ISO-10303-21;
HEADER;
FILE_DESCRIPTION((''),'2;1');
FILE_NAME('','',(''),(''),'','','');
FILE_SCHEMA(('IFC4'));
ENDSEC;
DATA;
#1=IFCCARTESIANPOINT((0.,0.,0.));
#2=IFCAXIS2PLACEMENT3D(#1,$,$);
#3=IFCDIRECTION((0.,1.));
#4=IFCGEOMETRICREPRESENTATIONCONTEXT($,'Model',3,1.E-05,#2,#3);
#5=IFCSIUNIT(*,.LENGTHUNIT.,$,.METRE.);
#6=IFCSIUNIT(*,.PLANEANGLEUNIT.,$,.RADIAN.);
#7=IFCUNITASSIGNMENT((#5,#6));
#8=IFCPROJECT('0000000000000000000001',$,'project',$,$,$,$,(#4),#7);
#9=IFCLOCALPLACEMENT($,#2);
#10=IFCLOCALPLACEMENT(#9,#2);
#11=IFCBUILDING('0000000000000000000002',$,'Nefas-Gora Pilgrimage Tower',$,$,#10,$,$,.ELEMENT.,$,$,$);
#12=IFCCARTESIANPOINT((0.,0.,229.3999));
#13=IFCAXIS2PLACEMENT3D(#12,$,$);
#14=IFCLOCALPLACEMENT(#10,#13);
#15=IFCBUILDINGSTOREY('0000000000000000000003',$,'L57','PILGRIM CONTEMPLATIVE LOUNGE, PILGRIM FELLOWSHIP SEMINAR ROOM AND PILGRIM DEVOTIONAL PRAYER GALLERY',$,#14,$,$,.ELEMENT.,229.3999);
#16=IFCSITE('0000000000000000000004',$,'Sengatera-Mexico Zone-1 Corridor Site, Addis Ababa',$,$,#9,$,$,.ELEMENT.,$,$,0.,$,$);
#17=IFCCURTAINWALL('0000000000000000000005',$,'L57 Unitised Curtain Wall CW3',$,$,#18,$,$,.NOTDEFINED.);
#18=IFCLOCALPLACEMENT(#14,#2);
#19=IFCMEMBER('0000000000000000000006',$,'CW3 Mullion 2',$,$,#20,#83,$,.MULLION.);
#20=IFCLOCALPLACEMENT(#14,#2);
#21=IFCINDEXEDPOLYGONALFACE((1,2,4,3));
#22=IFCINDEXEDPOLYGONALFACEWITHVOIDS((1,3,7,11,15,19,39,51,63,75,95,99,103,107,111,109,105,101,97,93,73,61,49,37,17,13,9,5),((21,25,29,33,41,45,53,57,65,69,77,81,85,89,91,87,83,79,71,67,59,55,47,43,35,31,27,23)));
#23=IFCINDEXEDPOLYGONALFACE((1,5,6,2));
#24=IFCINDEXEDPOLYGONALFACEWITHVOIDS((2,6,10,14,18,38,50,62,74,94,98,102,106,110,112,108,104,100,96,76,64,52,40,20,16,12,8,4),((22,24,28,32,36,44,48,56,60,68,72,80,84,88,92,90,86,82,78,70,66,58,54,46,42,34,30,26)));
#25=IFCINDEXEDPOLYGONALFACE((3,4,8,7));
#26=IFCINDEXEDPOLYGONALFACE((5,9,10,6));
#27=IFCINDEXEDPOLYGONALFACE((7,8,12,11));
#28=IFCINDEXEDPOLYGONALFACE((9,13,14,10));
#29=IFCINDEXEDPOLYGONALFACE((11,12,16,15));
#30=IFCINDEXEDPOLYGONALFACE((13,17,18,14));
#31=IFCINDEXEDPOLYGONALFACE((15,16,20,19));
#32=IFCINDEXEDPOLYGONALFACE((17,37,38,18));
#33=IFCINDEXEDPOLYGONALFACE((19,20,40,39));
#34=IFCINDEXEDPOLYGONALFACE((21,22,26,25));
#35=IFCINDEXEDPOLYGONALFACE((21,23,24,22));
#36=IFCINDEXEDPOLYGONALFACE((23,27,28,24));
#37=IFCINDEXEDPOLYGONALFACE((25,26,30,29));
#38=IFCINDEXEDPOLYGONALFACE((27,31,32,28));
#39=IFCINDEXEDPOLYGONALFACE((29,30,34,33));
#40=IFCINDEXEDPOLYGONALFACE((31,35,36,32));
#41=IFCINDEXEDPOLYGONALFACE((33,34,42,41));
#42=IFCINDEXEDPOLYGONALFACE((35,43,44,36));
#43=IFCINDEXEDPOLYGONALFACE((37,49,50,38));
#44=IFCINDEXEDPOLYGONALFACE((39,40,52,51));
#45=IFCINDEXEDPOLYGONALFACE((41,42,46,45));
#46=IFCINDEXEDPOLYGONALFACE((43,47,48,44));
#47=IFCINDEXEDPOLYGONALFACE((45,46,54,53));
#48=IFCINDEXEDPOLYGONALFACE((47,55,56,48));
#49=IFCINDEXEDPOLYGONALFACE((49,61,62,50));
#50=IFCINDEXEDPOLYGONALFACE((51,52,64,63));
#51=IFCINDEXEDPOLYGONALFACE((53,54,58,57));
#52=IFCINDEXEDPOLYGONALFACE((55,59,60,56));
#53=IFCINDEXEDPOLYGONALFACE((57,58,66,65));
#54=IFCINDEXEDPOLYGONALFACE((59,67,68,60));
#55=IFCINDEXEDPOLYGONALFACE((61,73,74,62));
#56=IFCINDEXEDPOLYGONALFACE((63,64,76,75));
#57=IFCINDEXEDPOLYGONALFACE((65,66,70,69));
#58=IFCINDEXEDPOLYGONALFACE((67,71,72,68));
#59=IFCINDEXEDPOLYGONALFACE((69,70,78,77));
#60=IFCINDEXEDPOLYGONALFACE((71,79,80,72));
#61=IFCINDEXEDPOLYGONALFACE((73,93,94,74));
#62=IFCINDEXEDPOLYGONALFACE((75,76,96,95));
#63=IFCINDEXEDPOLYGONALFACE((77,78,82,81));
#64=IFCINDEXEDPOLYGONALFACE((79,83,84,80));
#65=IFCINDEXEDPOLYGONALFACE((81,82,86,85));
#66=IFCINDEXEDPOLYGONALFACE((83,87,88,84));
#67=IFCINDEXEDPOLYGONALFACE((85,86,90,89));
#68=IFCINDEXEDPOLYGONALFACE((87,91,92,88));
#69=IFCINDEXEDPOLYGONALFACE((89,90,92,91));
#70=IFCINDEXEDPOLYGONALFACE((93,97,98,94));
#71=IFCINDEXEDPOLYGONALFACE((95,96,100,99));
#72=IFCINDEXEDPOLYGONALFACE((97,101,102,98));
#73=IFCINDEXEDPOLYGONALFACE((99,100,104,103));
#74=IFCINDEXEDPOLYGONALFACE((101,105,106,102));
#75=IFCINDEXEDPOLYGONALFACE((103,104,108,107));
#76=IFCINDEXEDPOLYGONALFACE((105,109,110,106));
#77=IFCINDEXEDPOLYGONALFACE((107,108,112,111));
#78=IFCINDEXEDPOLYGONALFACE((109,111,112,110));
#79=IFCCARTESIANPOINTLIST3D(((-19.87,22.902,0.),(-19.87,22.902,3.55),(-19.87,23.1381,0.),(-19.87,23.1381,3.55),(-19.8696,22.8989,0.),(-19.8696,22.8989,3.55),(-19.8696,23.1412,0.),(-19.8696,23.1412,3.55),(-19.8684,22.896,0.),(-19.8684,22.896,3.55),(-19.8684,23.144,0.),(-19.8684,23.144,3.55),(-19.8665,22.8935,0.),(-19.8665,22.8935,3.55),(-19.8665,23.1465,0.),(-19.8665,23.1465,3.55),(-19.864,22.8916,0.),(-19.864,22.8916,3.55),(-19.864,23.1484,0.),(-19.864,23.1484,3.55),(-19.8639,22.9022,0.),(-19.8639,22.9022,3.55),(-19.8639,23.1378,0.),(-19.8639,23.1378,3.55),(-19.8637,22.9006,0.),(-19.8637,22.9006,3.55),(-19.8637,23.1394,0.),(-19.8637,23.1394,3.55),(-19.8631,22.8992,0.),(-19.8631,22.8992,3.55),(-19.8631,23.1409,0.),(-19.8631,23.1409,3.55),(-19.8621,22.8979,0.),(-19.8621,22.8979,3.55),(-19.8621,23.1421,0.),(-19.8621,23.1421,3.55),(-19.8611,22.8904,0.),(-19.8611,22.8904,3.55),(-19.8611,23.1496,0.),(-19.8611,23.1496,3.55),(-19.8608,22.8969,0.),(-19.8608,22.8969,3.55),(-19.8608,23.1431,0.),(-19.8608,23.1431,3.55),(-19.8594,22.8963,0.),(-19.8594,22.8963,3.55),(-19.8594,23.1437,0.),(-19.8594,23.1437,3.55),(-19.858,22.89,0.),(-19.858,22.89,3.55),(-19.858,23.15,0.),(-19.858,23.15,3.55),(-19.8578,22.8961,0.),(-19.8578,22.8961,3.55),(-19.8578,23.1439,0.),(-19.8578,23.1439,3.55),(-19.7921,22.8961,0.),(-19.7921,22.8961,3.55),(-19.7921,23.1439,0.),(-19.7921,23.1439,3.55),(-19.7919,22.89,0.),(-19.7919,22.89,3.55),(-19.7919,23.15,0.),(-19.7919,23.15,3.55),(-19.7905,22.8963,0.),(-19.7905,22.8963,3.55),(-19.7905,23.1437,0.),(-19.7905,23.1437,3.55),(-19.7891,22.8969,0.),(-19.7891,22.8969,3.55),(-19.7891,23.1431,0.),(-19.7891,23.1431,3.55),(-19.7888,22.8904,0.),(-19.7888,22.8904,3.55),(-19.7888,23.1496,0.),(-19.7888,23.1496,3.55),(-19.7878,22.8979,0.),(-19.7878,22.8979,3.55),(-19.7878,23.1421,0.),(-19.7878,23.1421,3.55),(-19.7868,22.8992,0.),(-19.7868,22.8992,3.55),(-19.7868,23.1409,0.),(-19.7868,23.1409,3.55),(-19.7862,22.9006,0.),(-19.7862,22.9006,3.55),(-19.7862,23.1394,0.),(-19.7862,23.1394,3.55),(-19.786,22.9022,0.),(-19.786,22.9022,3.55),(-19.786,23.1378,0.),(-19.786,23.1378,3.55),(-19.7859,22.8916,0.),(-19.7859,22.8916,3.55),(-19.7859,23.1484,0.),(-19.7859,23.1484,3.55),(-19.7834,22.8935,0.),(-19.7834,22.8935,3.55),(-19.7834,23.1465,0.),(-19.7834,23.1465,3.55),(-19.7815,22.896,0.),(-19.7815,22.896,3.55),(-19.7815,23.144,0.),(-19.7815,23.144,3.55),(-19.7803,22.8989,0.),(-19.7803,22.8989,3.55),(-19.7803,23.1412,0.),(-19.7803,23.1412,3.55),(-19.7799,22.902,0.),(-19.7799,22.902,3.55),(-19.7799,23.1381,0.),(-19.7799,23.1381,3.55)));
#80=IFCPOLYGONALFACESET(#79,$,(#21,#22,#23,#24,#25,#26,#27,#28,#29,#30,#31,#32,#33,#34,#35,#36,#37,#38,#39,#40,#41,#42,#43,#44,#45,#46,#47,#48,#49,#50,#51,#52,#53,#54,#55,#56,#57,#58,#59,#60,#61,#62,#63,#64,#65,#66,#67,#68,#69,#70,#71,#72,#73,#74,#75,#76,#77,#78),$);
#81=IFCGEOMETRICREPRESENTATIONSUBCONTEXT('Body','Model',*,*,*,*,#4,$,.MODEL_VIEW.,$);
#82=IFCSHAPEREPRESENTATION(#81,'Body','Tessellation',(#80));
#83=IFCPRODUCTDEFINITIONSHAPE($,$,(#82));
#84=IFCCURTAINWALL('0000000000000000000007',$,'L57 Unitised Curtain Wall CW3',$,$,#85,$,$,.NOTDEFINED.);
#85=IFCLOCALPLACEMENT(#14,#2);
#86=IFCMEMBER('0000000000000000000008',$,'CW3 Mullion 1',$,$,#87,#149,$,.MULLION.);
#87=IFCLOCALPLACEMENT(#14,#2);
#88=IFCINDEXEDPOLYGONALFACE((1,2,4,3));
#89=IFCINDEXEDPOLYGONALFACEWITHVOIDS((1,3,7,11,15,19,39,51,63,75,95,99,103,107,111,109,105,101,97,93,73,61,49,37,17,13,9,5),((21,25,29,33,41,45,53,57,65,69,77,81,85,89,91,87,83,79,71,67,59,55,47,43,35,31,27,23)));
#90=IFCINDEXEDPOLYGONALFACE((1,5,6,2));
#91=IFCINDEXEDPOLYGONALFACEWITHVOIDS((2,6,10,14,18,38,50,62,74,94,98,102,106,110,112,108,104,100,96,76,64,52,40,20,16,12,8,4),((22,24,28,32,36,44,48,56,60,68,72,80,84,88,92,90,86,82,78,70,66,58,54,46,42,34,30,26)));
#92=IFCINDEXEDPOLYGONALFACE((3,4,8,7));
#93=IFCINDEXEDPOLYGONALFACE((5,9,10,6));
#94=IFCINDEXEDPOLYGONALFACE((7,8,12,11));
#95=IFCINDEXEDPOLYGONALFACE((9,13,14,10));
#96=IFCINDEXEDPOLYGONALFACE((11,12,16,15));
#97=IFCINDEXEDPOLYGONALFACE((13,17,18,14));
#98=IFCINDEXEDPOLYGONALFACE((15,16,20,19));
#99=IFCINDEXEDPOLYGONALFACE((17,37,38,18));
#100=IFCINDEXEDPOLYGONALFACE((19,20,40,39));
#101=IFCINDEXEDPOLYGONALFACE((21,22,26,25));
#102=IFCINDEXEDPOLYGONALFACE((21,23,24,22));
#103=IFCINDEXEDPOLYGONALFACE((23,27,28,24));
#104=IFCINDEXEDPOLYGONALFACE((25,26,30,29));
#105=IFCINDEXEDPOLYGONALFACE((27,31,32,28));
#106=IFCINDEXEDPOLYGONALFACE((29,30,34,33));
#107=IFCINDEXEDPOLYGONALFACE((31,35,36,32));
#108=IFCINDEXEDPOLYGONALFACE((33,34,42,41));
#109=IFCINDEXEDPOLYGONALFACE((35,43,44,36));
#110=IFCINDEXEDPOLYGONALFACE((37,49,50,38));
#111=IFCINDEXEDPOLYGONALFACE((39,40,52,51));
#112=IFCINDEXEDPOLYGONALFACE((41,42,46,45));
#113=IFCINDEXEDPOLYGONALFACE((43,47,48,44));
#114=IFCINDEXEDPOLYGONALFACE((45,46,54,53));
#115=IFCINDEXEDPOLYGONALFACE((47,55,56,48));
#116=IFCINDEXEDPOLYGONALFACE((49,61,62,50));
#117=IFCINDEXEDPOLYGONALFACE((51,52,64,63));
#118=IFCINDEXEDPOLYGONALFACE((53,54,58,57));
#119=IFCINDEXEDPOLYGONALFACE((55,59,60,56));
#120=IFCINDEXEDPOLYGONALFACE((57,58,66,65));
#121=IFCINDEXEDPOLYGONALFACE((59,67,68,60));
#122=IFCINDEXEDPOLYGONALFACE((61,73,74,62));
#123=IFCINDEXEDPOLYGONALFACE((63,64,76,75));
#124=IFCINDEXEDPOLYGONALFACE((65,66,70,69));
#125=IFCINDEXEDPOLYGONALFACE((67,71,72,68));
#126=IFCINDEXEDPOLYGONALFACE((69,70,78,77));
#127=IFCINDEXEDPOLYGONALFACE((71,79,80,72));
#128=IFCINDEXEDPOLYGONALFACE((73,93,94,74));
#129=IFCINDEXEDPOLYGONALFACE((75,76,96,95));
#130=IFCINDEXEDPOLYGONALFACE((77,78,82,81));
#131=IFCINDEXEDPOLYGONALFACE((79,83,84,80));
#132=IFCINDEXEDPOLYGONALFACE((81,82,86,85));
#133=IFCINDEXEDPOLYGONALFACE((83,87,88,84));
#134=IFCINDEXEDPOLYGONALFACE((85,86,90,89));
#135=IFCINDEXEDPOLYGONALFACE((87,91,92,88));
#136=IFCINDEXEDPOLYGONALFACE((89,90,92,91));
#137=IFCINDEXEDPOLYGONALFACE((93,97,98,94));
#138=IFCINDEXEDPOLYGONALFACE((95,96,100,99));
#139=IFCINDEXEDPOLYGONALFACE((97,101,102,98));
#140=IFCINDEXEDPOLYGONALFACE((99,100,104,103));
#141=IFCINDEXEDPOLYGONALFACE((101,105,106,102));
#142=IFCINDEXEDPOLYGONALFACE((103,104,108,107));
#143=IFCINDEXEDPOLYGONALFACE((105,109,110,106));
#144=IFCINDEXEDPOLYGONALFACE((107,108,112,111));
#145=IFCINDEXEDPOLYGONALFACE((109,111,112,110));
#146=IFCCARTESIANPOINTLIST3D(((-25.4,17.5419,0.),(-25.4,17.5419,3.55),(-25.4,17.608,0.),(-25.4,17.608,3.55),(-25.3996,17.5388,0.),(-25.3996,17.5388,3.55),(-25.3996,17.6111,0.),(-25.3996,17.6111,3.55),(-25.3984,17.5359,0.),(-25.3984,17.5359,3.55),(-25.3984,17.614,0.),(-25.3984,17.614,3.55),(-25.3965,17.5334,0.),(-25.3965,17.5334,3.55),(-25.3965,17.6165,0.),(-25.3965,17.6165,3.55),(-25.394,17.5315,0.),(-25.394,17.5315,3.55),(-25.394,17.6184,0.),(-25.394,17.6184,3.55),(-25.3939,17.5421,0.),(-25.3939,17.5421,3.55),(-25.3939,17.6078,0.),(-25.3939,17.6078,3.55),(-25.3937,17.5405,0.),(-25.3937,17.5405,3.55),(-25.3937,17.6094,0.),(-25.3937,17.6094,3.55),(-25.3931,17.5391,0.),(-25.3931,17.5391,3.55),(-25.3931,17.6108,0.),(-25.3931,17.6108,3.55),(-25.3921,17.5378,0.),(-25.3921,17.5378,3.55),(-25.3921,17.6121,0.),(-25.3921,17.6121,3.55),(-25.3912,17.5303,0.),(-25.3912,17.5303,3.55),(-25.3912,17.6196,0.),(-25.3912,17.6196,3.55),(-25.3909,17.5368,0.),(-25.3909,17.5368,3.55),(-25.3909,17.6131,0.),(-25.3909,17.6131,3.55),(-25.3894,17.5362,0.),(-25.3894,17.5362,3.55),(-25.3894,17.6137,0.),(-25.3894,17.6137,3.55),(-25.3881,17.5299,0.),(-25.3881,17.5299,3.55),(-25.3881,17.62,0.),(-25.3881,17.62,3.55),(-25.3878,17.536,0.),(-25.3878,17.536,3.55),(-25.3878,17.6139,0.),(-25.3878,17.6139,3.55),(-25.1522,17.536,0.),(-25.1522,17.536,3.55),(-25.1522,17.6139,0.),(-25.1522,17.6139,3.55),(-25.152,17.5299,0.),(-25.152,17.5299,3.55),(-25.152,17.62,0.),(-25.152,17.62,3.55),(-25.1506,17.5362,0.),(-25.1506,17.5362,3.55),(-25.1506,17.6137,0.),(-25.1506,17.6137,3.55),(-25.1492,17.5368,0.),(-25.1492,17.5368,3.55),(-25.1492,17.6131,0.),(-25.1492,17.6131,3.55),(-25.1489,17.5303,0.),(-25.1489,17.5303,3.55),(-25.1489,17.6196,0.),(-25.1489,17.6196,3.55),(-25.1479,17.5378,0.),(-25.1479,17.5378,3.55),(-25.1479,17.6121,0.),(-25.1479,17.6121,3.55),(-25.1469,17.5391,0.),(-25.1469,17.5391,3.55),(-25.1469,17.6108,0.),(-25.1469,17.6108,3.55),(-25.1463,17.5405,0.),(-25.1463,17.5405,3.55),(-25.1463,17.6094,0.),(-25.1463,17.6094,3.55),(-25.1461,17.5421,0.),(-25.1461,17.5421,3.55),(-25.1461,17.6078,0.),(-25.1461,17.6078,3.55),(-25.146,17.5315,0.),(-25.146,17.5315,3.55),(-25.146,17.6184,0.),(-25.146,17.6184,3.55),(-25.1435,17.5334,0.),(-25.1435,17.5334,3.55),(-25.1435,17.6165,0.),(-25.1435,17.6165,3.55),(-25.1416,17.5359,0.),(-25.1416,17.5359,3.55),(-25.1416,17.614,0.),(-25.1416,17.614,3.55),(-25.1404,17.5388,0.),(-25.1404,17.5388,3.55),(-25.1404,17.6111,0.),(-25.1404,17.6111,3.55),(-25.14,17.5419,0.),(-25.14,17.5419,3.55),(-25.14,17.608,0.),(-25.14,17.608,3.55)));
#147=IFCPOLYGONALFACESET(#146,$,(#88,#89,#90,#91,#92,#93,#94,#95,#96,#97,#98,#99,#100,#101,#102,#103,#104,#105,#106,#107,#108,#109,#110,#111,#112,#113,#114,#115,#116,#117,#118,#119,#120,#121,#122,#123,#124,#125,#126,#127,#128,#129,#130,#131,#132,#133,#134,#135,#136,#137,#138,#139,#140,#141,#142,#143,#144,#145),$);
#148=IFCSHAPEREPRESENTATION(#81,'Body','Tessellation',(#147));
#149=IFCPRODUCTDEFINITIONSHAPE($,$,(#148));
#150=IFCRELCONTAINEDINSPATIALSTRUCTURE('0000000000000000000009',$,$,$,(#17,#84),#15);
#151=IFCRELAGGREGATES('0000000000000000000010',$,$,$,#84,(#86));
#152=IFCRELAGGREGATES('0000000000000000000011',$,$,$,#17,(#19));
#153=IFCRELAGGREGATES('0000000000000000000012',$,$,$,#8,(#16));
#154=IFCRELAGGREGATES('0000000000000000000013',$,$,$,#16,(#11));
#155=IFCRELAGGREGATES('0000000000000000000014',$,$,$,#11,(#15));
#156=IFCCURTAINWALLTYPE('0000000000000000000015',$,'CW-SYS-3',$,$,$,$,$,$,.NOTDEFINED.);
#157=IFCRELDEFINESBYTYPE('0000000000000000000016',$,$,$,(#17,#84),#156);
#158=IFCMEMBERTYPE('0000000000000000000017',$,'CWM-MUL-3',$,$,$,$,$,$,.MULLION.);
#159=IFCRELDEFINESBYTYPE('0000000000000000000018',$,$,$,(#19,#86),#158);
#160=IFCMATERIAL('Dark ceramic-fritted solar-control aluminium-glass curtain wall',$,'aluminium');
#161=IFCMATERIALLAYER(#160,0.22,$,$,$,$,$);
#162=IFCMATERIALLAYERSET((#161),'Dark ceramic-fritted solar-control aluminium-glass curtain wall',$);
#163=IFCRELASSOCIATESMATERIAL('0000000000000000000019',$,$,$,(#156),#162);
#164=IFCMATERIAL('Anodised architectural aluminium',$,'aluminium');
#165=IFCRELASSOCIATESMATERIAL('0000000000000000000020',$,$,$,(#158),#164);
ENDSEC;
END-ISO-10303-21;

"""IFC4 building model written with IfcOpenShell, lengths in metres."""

from ifc_helpers import new_model, si_unit, direction, frame, origin, origin_2d, place, context, subcontext, project, spatial, hollow_rectangle, extrude, source, transform, mapped, material, layer, layer_set, material_profile, profile_set, type_object, element, aggregate, save


model = new_model("IFC4")

# Units and contexts
model_context = context("Model", 3, precision=1e-05, world=origin(), true_north=direction((0.0, 1.0)))
body_context = subcontext(model_context, "Body", "Model", "MODEL_VIEW")
ifc_project = project(units=[si_unit("LENGTHUNIT", "METRE"), si_unit("PLANEANGLEUNIT", "RADIAN")], contexts=[model_context])

# Site, building, storey
site_placement = place(None, origin())
site = spatial("IfcSite", under=ifc_project, at=site_placement, Name="Sengatera-Mexico Zone-1 Corridor Site, Addis Ababa", CompositionType="ELEMENT", RefElevation=0.0)
building_placement = place(site_placement, origin())
building = spatial("IfcBuilding", under=site, at=building_placement, Name="Nefas-Gora Pilgrimage Tower", CompositionType="ELEMENT")
storey_placement = place(building_placement, frame((0.0, 0.0, 229.3999)))
storey = spatial("IfcBuildingStorey", under=building, at=storey_placement, Name="L57", Description="PILGRIM CONTEMPLATIVE LOUNGE, PILGRIM FELLOWSHIP SEMINAR ROOM AND PILGRIM DEVOTIONAL PRAYER GALLERY", CompositionType="ELEMENT", Elevation=229.3999)

# Curtain walls, members
ifc_material_1 = material(Name="Dark ceramic-fritted solar-control aluminium-glass curtain wall", Category="aluminium")
ifc_material_2 = material(Name="Anodised architectural aluminium", Category="aluminium")
ifc_layer_1 = layer(ifc_material_1, 0.22)
ifc_layer_set_1 = layer_set([ifc_layer_1], Name="Dark ceramic-fritted solar-control aluminium-glass curtain wall")
curtain_wall_type_1 = type_object("IfcCurtainWallType", Name="CW-SYS-3", PredefinedType="NOTDEFINED", material=ifc_layer_set_1)
curtain_wall_1_placement = place(storey_placement, origin())
curtain_wall_1 = element("IfcCurtainWall", 1, at=curtain_wall_1_placement, inside=storey, type_object=curtain_wall_type_1, Name="L57 Unitised Curtain Wall CW3", PredefinedType="NOTDEFINED")
ifc_material_profile_1 = material_profile(ifc_material_2, hollow_rectangle(XDim=0.0901, YDim=0.26, WallThickness=0.0061, InnerFilletRadius=0.0061, OuterFilletRadius=0.012, at=origin_2d()), Name="ALU MULLION 90x260")
ifc_profile_set_1 = profile_set([ifc_material_profile_1], Name="Anodised architectural aluminium")
member_type_1 = type_object("IfcMemberType", Name="CWM-MUL-3", PredefinedType="MULLION", material=ifc_profile_set_1)
shared_shape_1 = source(origin(), body_context, "Body", "SweptSolid", [
    extrude(hollow_rectangle(XDim=0.0901, YDim=0.26, WallThickness=0.0061, InnerFilletRadius=0.0061, OuterFilletRadius=0.012, at=origin_2d()), origin(), (0.0, 0.0, 1.0), 3.55),
])
member_1_placement = place(storey_placement, frame((-19.825, 23.02, 0.0), z_axis=(0.0, 0.0, 1.0), x_axis=(-1.0, 0.0, 0.0)))
member_1 = element("IfcMember", 2, at=member_1_placement, type_object=member_type_1, Name="CW3 Mullion 2", PredefinedType="MULLION", context=body_context, shape_type="MappedRepresentation", body=[
    mapped(shared_shape_1, transform((0.0, 0.0, 0.0), x_axis=(1.0, 0.0, 0.0), y_axis=(0.0, 1.0, 0.0), z_axis=(0.0, 0.0, 1.0), scale=1.0)),
])
curtain_wall_2_placement = place(storey_placement, origin())
curtain_wall_2 = element("IfcCurtainWall", 3, at=curtain_wall_2_placement, inside=storey, type_object=curtain_wall_type_1, Name="L57 Unitised Curtain Wall CW3", PredefinedType="NOTDEFINED")
member_2_placement = place(storey_placement, frame((-25.27, 17.575, 0.0), z_axis=(0.0, 0.0, 1.0), x_axis=(0.0, -1.0, 0.0)))
member_2 = element("IfcMember", 4, at=member_2_placement, type_object=member_type_1, Name="CW3 Mullion 1", PredefinedType="MULLION", context=body_context, shape_type="MappedRepresentation", body=[
    mapped(shared_shape_1, transform((0.0, 0.0, 0.0), x_axis=(1.0, 0.0, 0.0), y_axis=(0.0, 1.0, 0.0), z_axis=(0.0, 0.0, 1.0), scale=1.0)),
])

aggregate(curtain_wall_2, [member_2])
aggregate(curtain_wall_1, [member_1])

save(model, "model.ifc")
